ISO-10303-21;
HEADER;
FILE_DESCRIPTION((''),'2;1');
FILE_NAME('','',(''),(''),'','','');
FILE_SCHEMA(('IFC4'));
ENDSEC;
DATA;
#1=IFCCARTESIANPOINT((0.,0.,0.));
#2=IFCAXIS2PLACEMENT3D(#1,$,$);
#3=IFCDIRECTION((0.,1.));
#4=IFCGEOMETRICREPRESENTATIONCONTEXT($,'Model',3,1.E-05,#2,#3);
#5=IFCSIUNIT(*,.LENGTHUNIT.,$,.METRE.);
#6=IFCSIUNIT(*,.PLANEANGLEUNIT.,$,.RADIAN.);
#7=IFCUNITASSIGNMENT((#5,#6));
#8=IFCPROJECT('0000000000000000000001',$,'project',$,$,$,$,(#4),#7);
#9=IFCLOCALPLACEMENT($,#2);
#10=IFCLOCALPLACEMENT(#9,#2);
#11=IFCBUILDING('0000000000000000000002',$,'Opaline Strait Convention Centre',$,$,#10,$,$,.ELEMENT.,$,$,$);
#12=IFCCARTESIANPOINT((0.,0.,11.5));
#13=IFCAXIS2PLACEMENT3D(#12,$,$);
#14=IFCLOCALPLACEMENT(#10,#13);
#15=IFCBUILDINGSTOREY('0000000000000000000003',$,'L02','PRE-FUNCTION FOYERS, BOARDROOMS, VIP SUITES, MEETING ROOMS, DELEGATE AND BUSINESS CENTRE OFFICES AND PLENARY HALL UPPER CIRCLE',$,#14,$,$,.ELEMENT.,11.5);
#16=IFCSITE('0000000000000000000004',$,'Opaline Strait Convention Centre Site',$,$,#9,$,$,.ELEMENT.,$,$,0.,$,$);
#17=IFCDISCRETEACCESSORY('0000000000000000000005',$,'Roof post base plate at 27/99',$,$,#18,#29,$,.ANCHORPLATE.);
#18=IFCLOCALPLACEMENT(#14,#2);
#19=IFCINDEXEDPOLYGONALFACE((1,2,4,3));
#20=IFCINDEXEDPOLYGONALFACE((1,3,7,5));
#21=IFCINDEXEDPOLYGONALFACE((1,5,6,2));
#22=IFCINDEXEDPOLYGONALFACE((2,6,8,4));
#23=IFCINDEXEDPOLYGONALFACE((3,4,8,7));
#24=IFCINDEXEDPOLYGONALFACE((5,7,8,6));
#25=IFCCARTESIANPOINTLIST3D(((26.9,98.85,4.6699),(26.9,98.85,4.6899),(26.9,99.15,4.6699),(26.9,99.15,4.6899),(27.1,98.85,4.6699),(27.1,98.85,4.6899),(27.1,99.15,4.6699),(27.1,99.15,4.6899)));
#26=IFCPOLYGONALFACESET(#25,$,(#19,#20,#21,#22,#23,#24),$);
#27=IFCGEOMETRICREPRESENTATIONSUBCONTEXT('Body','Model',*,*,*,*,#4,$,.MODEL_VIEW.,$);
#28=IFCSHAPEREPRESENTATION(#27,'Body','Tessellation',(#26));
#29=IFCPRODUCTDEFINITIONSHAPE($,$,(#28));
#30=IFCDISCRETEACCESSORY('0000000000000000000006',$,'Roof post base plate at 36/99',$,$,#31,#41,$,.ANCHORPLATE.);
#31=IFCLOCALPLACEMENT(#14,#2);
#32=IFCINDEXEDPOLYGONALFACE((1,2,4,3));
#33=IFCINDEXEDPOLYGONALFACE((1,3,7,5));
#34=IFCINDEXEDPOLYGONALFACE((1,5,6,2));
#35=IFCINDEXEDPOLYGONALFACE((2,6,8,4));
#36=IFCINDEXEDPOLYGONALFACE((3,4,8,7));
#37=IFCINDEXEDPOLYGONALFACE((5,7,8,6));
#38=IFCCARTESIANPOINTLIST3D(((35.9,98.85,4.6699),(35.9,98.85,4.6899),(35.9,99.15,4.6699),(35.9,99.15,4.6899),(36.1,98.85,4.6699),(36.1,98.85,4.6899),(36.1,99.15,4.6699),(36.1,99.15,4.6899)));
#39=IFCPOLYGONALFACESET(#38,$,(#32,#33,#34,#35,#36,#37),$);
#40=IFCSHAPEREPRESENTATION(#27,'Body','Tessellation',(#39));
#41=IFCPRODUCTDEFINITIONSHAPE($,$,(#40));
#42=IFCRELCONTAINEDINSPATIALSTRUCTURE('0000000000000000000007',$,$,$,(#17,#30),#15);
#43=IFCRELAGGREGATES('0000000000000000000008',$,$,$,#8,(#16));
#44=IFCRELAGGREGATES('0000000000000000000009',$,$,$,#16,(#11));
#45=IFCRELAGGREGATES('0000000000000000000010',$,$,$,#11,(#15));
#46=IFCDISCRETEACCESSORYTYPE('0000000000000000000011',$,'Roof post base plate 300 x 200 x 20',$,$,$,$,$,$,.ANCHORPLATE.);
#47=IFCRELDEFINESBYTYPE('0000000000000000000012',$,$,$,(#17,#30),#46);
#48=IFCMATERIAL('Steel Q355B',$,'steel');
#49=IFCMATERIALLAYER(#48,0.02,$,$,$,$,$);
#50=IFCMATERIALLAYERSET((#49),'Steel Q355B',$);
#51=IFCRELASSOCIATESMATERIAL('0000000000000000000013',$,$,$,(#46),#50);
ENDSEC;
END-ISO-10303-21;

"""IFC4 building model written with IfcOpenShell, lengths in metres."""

from ifc_helpers import new_model, si_unit, direction, frame, origin, origin_2d, place, context, subcontext, project, spatial, rectangle, extrude, material, layer, layer_set, type_object, element, save


model = new_model("IFC4")

# Units and contexts
model_context = context("Model", 3, precision=1e-05, world=origin(), true_north=direction((0.0, 1.0)))
body_context = subcontext(model_context, "Body", "Model", "MODEL_VIEW")
ifc_project = project(units=[si_unit("LENGTHUNIT", "METRE"), si_unit("PLANEANGLEUNIT", "RADIAN")], contexts=[model_context])

# Site, building, storey
site_placement = place(None, origin())
site = spatial("IfcSite", under=ifc_project, at=site_placement, Name="Opaline Strait Convention Centre Site", CompositionType="ELEMENT", RefElevation=0.0)
building_placement = place(site_placement, origin())
building = spatial("IfcBuilding", under=site, at=building_placement, Name="Opaline Strait Convention Centre", CompositionType="ELEMENT")
storey_placement = place(building_placement, frame((0.0, 0.0, 11.5)))
storey = spatial("IfcBuildingStorey", under=building, at=storey_placement, Name="L02", Description="PRE-FUNCTION FOYERS, BOARDROOMS, VIP SUITES, MEETING ROOMS, DELEGATE AND BUSINESS CENTRE OFFICES AND PLENARY HALL UPPER CIRCLE", CompositionType="ELEMENT", Elevation=11.5)

# Shared definitions
ifc_material_1 = material(Name="Steel Q355B", Category="steel")

# Discrete accessories
ifc_layer_1 = layer(ifc_material_1, 0.02)
ifc_layer_set_1 = layer_set([ifc_layer_1], Name="Steel Q355B")
discrete_accessory_type_1 = type_object("IfcDiscreteAccessoryType", Name="Roof post base plate 300 x 200 x 20", PredefinedType="ANCHORPLATE", material=ifc_layer_set_1)
for number, where, z_axis, x_axis, name in (
    (1, (27.0, 99.0, 4.6699), (0.0, 0.0, 1.0), (1.0, 0.0, 0.0), "Roof post base plate at 27/99"),
    (2, (36.0, 99.0, 4.6699), (0.0, 0.0, 1.0), (1.0, 0.0, 0.0), "Roof post base plate at 36/99"),
):
    element("IfcDiscreteAccessory", number, at=place(storey_placement, frame(where, z_axis=z_axis, x_axis=x_axis)), inside=storey, type_object=discrete_accessory_type_1, Name=name, PredefinedType="ANCHORPLATE", context=body_context, shape_type="SweptSolid", body=[
        extrude(rectangle(XDim=0.2, YDim=0.3, at=origin_2d()), origin(), (0.0, 0.0, 1.0), 0.02),
    ])

save(model, "model.ifc")
